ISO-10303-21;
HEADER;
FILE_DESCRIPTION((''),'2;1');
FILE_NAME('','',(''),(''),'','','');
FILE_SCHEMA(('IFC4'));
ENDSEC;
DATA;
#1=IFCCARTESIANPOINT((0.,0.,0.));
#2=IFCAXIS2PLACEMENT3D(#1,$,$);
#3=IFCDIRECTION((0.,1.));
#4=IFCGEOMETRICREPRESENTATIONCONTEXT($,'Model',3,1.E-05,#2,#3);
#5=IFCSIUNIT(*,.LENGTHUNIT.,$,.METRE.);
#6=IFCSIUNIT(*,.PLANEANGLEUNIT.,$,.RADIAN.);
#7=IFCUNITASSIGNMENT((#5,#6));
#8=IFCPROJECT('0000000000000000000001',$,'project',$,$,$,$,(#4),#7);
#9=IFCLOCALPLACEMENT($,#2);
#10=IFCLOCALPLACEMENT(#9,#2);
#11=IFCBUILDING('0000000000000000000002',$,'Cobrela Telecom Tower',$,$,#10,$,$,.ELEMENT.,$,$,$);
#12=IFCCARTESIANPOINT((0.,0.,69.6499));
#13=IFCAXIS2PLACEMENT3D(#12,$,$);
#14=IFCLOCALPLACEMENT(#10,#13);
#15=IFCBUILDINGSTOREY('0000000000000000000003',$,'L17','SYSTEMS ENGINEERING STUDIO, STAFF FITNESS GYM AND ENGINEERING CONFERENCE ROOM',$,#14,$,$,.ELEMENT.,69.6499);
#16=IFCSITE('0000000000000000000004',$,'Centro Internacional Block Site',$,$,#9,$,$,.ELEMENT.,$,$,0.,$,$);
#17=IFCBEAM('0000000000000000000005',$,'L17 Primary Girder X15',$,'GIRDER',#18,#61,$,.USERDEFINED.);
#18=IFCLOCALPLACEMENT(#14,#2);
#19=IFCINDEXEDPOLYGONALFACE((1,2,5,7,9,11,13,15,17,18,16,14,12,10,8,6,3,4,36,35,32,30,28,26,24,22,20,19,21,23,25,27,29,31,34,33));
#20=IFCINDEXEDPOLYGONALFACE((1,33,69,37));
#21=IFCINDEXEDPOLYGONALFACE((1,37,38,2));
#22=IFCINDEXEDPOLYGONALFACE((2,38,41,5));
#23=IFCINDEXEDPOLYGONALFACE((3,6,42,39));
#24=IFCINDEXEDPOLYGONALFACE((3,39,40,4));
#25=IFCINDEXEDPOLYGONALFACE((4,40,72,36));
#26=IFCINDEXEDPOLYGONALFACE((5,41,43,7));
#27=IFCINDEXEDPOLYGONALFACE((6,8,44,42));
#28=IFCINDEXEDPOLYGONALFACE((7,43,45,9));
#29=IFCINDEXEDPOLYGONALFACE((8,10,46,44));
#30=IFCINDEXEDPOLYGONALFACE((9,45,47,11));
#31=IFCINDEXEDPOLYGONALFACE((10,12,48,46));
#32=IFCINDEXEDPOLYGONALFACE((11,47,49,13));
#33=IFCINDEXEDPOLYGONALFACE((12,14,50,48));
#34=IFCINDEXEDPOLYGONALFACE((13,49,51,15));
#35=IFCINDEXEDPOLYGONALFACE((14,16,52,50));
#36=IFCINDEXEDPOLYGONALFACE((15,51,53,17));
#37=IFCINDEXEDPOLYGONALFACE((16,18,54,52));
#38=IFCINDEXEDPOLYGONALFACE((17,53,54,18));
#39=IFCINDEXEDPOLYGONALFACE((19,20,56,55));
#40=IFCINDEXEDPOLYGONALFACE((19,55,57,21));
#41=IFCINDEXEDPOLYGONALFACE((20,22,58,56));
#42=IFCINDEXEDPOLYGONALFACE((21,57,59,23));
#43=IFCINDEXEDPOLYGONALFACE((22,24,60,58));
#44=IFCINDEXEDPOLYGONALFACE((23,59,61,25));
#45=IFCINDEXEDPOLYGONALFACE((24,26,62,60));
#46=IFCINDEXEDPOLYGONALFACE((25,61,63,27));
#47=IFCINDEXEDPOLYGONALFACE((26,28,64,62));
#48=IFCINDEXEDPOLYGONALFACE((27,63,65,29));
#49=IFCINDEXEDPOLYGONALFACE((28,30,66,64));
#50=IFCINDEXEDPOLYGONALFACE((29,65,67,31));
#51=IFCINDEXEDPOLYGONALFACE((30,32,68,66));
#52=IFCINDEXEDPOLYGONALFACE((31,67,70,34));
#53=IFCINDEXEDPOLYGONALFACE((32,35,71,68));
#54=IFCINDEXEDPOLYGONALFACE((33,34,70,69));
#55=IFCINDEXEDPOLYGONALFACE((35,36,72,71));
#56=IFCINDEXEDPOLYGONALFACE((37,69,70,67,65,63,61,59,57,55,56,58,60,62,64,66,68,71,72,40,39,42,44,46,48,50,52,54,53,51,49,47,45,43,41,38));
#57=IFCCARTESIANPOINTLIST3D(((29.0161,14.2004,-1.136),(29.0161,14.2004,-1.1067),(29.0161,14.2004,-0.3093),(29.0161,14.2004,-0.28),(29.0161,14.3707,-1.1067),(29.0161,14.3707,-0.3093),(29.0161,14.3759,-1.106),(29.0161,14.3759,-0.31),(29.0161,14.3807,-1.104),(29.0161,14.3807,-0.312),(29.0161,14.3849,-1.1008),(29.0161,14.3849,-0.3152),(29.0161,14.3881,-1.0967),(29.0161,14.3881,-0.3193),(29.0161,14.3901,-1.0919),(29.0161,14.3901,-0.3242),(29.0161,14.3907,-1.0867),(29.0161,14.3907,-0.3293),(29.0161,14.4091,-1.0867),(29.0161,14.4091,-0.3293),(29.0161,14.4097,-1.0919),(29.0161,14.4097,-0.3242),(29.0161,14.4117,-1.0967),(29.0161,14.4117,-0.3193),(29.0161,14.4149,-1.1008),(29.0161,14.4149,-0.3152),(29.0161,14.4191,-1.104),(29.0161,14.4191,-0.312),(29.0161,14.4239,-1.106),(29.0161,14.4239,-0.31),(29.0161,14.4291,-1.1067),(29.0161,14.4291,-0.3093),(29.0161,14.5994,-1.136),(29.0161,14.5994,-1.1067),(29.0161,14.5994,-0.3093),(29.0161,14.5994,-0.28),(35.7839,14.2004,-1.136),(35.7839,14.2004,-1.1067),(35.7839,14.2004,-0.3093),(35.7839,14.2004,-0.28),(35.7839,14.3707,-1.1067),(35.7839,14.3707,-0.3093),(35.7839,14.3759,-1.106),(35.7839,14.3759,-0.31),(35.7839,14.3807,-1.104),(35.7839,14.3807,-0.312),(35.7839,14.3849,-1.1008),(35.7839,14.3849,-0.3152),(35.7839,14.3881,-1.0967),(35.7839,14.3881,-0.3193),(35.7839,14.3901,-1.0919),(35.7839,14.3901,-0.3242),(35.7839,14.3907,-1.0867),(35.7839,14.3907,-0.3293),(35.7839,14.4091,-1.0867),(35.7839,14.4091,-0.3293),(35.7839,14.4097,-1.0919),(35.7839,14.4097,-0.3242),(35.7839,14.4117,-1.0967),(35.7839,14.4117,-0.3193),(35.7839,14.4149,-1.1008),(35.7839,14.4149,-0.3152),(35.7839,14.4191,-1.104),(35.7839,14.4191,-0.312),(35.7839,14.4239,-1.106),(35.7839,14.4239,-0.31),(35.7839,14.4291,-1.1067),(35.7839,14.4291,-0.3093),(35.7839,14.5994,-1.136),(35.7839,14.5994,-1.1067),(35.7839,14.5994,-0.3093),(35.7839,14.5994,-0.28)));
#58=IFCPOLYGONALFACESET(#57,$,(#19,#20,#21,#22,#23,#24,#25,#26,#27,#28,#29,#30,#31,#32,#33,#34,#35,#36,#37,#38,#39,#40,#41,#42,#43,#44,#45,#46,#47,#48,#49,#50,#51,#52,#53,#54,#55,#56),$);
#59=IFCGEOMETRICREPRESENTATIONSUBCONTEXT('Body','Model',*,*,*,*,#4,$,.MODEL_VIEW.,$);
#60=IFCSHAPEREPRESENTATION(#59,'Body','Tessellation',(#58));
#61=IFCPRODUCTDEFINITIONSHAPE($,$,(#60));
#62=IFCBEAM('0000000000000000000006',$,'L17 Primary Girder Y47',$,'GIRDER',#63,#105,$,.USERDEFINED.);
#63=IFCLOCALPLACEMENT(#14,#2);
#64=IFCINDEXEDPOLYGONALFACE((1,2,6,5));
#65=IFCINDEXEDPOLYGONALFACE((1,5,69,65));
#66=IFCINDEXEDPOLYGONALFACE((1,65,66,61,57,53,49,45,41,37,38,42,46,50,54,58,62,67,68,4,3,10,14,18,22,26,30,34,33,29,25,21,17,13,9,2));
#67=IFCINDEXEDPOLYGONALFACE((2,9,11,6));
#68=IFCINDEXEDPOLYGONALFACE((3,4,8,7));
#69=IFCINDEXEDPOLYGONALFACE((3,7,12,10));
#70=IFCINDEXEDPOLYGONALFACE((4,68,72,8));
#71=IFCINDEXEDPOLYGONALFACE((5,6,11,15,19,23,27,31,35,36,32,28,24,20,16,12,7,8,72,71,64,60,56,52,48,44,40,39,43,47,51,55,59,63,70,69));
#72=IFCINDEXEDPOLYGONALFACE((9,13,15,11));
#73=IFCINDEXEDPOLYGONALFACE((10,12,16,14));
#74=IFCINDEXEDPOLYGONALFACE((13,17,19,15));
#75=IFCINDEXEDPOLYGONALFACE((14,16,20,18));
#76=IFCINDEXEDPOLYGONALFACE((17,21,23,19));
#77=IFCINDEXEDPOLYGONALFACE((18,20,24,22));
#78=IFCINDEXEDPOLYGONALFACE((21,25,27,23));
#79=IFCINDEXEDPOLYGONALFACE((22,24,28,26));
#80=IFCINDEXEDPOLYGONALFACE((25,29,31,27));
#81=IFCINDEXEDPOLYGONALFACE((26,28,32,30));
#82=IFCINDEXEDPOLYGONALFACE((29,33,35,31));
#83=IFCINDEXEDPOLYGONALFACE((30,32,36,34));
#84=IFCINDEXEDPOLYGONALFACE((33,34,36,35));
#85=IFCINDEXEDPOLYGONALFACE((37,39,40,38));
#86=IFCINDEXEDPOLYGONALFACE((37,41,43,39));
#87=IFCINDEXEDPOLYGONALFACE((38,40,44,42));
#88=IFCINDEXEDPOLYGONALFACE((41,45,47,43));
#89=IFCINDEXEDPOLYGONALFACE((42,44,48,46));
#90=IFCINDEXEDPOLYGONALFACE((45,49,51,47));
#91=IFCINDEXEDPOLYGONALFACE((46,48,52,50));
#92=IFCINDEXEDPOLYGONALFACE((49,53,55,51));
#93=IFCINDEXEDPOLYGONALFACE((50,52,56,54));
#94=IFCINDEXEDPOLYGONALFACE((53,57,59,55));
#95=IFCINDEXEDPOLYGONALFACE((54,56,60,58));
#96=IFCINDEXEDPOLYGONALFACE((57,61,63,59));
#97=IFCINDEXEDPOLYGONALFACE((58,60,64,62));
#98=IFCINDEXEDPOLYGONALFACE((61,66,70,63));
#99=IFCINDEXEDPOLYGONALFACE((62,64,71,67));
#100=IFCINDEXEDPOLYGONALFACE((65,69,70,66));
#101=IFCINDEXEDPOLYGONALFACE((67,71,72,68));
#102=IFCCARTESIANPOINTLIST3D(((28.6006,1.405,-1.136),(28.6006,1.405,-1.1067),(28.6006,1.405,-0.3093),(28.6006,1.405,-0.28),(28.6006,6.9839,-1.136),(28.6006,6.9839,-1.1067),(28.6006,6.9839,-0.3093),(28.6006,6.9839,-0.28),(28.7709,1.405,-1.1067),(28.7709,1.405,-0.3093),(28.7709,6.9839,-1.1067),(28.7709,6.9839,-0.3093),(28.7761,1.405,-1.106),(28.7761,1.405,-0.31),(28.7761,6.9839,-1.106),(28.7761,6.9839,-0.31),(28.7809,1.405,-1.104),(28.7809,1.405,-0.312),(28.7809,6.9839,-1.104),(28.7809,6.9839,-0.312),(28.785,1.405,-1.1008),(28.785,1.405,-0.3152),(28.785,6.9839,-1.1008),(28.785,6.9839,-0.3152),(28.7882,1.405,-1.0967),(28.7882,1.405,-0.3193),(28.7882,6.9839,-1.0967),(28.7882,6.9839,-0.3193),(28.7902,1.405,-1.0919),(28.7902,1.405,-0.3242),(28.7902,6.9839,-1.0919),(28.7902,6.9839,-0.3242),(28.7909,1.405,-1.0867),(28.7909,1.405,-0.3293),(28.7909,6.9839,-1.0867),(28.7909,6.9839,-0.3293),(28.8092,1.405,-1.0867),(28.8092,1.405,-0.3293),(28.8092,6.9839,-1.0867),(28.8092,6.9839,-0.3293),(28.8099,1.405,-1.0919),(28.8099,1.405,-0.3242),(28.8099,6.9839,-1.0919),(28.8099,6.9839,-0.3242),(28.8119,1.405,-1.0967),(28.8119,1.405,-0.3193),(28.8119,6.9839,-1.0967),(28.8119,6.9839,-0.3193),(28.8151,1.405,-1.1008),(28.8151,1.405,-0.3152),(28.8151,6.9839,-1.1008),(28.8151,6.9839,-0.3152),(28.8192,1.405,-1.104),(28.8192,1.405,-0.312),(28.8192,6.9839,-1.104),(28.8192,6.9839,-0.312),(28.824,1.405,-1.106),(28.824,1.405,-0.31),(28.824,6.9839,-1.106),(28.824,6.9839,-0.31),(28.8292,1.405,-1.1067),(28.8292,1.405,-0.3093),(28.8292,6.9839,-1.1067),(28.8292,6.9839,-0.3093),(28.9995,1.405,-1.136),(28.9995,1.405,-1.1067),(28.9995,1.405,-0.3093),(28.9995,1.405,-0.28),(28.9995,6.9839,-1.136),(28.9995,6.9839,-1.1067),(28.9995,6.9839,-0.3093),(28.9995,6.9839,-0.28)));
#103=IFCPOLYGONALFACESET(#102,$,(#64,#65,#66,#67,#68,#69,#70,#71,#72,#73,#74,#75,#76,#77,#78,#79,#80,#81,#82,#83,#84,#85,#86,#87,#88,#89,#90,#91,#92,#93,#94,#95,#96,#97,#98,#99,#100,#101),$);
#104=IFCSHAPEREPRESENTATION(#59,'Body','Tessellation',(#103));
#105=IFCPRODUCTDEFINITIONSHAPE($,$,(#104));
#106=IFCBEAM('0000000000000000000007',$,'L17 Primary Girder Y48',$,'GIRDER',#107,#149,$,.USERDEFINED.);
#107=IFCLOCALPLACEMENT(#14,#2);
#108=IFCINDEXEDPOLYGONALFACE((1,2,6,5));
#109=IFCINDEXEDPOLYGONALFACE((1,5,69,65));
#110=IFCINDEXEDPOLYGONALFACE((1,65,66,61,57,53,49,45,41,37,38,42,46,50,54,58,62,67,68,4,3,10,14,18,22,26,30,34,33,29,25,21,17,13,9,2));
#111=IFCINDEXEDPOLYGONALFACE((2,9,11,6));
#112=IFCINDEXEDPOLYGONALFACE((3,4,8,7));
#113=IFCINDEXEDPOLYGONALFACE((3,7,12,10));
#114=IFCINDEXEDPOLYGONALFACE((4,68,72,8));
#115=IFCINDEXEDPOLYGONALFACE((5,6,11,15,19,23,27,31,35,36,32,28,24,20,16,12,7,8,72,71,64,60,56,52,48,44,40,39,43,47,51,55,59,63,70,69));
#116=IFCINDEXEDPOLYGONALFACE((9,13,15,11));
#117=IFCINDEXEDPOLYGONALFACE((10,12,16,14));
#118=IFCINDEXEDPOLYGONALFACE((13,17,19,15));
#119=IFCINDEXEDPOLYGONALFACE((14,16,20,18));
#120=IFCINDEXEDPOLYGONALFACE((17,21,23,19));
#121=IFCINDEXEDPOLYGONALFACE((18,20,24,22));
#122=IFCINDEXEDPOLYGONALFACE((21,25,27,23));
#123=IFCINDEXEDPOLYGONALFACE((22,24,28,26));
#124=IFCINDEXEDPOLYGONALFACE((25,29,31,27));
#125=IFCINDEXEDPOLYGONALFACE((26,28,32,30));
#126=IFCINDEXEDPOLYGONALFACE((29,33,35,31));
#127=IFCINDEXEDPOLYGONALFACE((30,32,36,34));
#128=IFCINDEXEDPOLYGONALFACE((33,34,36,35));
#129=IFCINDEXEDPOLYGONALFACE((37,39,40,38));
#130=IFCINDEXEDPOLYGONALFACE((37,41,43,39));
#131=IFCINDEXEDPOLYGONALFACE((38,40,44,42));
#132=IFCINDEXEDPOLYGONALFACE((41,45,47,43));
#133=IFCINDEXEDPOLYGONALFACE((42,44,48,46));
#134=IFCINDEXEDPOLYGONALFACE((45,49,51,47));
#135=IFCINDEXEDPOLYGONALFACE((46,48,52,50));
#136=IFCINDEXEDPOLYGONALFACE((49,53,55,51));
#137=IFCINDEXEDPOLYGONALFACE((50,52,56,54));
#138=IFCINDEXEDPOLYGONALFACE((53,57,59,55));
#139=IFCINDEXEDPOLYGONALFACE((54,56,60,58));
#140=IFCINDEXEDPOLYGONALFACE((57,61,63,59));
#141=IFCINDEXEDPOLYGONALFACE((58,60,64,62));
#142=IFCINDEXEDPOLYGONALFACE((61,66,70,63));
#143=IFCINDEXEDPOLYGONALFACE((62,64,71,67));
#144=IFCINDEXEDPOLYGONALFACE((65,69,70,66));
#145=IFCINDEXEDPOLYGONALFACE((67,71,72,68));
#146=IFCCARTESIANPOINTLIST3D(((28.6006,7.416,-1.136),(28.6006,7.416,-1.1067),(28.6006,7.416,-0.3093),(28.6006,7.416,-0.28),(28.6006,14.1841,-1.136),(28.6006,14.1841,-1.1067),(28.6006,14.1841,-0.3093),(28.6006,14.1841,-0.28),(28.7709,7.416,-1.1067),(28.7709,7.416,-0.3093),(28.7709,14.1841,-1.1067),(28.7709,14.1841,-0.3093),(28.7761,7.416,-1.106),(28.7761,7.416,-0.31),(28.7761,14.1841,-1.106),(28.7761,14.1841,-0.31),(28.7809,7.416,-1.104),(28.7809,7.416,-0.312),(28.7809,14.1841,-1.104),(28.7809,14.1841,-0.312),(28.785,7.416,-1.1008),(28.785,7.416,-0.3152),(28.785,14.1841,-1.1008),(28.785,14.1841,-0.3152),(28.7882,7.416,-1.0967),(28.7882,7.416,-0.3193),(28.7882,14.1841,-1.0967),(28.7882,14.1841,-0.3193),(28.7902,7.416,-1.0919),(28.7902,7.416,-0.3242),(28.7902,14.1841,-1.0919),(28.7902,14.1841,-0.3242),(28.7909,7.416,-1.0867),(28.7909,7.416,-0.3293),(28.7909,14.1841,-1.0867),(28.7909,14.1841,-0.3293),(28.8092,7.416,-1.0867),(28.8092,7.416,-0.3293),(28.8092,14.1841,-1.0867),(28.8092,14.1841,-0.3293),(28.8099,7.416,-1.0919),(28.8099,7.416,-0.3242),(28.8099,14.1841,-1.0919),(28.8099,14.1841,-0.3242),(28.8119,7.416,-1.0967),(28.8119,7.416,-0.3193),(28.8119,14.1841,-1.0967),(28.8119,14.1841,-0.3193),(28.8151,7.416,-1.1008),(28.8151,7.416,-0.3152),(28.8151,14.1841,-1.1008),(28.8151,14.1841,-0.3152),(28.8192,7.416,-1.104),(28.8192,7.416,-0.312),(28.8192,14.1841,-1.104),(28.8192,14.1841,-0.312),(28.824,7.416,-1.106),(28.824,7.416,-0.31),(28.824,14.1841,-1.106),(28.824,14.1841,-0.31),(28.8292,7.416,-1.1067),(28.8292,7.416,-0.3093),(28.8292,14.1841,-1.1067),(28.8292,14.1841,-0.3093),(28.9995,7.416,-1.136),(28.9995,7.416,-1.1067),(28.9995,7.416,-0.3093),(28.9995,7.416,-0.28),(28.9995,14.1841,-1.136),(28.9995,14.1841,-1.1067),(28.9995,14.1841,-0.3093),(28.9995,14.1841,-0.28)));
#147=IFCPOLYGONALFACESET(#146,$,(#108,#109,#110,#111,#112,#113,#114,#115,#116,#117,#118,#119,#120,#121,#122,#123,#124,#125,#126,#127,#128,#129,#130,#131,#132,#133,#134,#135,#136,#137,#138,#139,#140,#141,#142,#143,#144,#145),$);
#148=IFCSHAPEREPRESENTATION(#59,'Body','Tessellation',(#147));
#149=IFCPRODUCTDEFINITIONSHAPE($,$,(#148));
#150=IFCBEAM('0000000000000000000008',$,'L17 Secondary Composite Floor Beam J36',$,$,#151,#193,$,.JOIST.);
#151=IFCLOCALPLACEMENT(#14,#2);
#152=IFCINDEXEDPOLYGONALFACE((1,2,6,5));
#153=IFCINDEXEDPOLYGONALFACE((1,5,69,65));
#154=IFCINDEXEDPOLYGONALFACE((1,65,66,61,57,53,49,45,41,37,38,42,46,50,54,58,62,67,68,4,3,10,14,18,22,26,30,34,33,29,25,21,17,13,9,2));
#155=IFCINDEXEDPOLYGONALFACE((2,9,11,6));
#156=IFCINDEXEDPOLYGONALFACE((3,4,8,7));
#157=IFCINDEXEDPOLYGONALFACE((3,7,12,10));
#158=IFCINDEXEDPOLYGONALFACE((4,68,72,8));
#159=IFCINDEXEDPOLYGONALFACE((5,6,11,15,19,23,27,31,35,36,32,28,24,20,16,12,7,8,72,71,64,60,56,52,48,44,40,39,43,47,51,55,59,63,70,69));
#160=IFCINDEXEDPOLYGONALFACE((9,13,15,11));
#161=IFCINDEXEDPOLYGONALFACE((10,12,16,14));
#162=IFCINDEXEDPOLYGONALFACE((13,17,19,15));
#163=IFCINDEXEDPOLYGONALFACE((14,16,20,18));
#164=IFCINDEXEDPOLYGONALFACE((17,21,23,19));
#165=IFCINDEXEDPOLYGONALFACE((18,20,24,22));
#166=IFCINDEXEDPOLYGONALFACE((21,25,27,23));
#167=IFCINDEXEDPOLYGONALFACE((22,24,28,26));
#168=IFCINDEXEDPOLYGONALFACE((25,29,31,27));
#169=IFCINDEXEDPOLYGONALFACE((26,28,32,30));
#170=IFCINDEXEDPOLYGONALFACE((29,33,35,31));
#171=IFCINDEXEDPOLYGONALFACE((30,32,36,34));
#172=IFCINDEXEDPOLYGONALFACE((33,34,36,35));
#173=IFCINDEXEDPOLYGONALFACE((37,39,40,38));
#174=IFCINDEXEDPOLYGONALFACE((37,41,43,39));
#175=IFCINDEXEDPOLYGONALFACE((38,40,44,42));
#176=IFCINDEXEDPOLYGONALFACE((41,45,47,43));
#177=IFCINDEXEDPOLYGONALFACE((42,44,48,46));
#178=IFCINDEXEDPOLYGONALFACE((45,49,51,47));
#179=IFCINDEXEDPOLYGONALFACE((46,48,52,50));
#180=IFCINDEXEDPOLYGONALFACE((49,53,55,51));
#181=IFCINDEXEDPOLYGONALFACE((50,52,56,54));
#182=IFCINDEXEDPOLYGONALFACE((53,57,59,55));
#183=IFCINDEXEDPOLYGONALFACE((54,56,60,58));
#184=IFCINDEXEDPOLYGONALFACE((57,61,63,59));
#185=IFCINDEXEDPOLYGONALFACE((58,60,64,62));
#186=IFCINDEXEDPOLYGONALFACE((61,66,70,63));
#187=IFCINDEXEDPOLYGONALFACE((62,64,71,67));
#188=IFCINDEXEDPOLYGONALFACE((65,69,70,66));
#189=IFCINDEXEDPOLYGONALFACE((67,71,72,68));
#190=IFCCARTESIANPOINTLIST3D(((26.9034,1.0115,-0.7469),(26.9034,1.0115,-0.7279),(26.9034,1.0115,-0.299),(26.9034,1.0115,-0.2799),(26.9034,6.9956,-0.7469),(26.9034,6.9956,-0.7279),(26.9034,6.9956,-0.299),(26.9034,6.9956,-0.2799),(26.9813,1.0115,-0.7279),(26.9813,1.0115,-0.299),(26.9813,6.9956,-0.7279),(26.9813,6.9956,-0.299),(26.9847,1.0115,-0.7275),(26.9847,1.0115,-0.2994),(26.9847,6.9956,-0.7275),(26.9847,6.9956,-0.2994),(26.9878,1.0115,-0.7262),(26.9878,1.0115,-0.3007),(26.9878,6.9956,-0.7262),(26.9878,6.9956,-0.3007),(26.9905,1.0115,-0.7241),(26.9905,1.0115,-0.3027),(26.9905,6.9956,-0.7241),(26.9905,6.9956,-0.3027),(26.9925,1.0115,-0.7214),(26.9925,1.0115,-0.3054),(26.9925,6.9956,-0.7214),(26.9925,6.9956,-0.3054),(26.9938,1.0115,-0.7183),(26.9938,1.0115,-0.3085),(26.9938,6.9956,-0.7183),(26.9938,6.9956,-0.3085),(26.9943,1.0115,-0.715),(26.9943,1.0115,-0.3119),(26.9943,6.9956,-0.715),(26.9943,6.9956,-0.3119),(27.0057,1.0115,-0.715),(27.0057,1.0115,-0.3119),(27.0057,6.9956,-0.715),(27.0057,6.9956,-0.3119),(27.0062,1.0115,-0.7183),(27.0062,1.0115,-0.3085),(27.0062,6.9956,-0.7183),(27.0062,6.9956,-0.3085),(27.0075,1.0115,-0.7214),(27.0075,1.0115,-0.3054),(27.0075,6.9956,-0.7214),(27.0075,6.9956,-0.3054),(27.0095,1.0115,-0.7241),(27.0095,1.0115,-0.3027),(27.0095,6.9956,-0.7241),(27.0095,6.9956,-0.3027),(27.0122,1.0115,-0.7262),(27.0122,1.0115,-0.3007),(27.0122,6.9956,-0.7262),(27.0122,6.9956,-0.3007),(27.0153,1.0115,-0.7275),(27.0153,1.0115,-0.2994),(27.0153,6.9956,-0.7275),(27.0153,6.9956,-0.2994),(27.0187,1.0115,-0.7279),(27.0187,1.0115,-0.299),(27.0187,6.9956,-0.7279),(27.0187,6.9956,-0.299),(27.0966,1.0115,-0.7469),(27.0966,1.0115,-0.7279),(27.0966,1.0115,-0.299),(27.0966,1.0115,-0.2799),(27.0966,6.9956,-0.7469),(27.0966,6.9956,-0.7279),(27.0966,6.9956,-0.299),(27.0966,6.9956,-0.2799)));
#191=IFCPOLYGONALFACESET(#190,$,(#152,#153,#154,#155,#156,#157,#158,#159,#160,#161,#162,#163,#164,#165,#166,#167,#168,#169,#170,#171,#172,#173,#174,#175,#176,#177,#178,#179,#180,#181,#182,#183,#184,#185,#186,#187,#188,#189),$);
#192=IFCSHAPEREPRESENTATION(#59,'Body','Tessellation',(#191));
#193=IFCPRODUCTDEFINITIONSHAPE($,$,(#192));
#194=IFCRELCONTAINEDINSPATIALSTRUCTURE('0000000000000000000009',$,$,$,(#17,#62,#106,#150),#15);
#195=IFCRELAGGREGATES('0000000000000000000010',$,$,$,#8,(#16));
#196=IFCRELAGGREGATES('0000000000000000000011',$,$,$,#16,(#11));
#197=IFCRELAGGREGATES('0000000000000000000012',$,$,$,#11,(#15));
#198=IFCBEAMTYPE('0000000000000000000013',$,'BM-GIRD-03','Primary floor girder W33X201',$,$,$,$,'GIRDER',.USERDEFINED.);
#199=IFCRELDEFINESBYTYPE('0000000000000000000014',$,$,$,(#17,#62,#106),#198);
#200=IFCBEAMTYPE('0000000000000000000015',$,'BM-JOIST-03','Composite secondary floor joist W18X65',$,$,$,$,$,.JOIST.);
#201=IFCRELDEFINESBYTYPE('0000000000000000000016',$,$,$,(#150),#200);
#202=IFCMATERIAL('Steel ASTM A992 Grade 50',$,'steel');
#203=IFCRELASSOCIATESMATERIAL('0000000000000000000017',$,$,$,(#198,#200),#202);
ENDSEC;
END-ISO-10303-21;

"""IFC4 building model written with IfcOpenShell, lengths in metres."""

from ifc_helpers import new_model, si_unit, direction, frame, origin, origin_2d, place, context, subcontext, project, spatial, i_section, extrude, material, material_profile, profile_set, type_object, element, save


model = new_model("IFC4")

# Units and contexts
model_context = context("Model", 3, precision=1e-05, world=origin(), true_north=direction((0.0, 1.0)))
body_context = subcontext(model_context, "Body", "Model", "MODEL_VIEW")
ifc_project = project(units=[si_unit("LENGTHUNIT", "METRE"), si_unit("PLANEANGLEUNIT", "RADIAN")], contexts=[model_context])

# Site, building, storey
site_placement = place(None, origin())
site = spatial("IfcSite", under=ifc_project, at=site_placement, Name="Centro Internacional Block Site", CompositionType="ELEMENT", RefElevation=0.0)
building_placement = place(site_placement, origin())
building = spatial("IfcBuilding", under=site, at=building_placement, Name="Cobrela Telecom Tower", CompositionType="ELEMENT")
storey_placement = place(building_placement, frame((0.0, 0.0, 69.6499)))
storey = spatial("IfcBuildingStorey", under=building, at=storey_placement, Name="L17", Description="SYSTEMS ENGINEERING STUDIO, STAFF FITNESS GYM AND ENGINEERING CONFERENCE ROOM", CompositionType="ELEMENT", Elevation=69.6499)

# Shared definitions
ifc_material_1 = material(Name="Steel ASTM A992 Grade 50", Category="steel")

# Beams
ifc_material_profile_1 = material_profile(ifc_material_1, i_section(OverallWidth=0.3989, OverallDepth=0.856, WebThickness=0.0183, FlangeThickness=0.0293, FilletRadius=0.02, at=origin_2d()), Name="W33X201")
ifc_profile_set_1 = profile_set([ifc_material_profile_1], Name="Steel ASTM A992 Grade 50")
beam_type_1 = type_object("IfcBeamType", Name="BM-GIRD-03", Description="Primary floor girder W33X201", ElementType="GIRDER", PredefinedType="USERDEFINED", material=ifc_profile_set_1)
for number, where, z_axis, x_axis, name in (
    (1, (29.0161, 14.3999, -0.708), (1.0, 0.0, 0.0), (0.0, 1.0, 0.0), "L17 Primary Girder X15"),
):
    element("IfcBeam", number, at=place(storey_placement, frame(where, z_axis=z_axis, x_axis=x_axis)), inside=storey, type_object=beam_type_1, Name=name, ObjectType="GIRDER", PredefinedType="USERDEFINED", context=body_context, shape_type="SweptSolid", body=[
        extrude(i_section(OverallWidth=0.3989, OverallDepth=0.856, WebThickness=0.0183, FlangeThickness=0.0293, FilletRadius=0.02, at=origin_2d()), origin(), (0.0, 0.0, 1.0), 6.7678),
    ])
beam_1_placement = place(storey_placement, frame((28.8, 1.405, -0.708), z_axis=(0.0, 1.0, 0.0), x_axis=(-1.0, 0.0, 0.0)))
element("IfcBeam", 2, at=beam_1_placement, inside=storey, type_object=beam_type_1, Name="L17 Primary Girder Y47", ObjectType="GIRDER", PredefinedType="USERDEFINED", context=body_context, shape_type="SweptSolid", body=[
    extrude(i_section(OverallWidth=0.3989, OverallDepth=0.856, WebThickness=0.0183, FlangeThickness=0.0293, FilletRadius=0.02, at=origin_2d()), origin(), (0.0, 0.0, 1.0), 5.5789),
])
beam_2_placement = place(storey_placement, frame((28.8, 7.416, -0.708), z_axis=(0.0, 1.0, 0.0), x_axis=(-1.0, 0.0, 0.0)))
element("IfcBeam", 3, at=beam_2_placement, inside=storey, type_object=beam_type_1, Name="L17 Primary Girder Y48", ObjectType="GIRDER", PredefinedType="USERDEFINED", context=body_context, shape_type="SweptSolid", body=[
    extrude(i_section(OverallWidth=0.3989, OverallDepth=0.856, WebThickness=0.0183, FlangeThickness=0.0293, FilletRadius=0.02, at=origin_2d()), origin(), (0.0, 0.0, 1.0), 6.7681),
])
ifc_material_profile_2 = material_profile(ifc_material_1, i_section(OverallWidth=0.1931, OverallDepth=0.467, WebThickness=0.0115, FlangeThickness=0.019, FilletRadius=0.0129, at=origin_2d()), Name="W18X65")
ifc_profile_set_2 = profile_set([ifc_material_profile_2], Name="Steel ASTM A992 Grade 50")
beam_type_2 = type_object("IfcBeamType", Name="BM-JOIST-03", Description="Composite secondary floor joist W18X65", PredefinedType="JOIST", material=ifc_profile_set_2)
beam_3_placement = place(storey_placement, frame((27.0, 1.0115, -0.5134), z_axis=(0.0, 1.0, 0.0), x_axis=(-1.0, 0.0, 0.0)))
element("IfcBeam", 4, at=beam_3_placement, inside=storey, type_object=beam_type_2, Name="L17 Secondary Composite Floor Beam J36", PredefinedType="JOIST", context=body_context, shape_type="SweptSolid", body=[
    extrude(i_section(OverallWidth=0.1931, OverallDepth=0.467, WebThickness=0.0115, FlangeThickness=0.019, FilletRadius=0.0129, at=origin_2d()), origin(), (0.0, 0.0, 1.0), 5.9841),
])

save(model, "model.ifc")
